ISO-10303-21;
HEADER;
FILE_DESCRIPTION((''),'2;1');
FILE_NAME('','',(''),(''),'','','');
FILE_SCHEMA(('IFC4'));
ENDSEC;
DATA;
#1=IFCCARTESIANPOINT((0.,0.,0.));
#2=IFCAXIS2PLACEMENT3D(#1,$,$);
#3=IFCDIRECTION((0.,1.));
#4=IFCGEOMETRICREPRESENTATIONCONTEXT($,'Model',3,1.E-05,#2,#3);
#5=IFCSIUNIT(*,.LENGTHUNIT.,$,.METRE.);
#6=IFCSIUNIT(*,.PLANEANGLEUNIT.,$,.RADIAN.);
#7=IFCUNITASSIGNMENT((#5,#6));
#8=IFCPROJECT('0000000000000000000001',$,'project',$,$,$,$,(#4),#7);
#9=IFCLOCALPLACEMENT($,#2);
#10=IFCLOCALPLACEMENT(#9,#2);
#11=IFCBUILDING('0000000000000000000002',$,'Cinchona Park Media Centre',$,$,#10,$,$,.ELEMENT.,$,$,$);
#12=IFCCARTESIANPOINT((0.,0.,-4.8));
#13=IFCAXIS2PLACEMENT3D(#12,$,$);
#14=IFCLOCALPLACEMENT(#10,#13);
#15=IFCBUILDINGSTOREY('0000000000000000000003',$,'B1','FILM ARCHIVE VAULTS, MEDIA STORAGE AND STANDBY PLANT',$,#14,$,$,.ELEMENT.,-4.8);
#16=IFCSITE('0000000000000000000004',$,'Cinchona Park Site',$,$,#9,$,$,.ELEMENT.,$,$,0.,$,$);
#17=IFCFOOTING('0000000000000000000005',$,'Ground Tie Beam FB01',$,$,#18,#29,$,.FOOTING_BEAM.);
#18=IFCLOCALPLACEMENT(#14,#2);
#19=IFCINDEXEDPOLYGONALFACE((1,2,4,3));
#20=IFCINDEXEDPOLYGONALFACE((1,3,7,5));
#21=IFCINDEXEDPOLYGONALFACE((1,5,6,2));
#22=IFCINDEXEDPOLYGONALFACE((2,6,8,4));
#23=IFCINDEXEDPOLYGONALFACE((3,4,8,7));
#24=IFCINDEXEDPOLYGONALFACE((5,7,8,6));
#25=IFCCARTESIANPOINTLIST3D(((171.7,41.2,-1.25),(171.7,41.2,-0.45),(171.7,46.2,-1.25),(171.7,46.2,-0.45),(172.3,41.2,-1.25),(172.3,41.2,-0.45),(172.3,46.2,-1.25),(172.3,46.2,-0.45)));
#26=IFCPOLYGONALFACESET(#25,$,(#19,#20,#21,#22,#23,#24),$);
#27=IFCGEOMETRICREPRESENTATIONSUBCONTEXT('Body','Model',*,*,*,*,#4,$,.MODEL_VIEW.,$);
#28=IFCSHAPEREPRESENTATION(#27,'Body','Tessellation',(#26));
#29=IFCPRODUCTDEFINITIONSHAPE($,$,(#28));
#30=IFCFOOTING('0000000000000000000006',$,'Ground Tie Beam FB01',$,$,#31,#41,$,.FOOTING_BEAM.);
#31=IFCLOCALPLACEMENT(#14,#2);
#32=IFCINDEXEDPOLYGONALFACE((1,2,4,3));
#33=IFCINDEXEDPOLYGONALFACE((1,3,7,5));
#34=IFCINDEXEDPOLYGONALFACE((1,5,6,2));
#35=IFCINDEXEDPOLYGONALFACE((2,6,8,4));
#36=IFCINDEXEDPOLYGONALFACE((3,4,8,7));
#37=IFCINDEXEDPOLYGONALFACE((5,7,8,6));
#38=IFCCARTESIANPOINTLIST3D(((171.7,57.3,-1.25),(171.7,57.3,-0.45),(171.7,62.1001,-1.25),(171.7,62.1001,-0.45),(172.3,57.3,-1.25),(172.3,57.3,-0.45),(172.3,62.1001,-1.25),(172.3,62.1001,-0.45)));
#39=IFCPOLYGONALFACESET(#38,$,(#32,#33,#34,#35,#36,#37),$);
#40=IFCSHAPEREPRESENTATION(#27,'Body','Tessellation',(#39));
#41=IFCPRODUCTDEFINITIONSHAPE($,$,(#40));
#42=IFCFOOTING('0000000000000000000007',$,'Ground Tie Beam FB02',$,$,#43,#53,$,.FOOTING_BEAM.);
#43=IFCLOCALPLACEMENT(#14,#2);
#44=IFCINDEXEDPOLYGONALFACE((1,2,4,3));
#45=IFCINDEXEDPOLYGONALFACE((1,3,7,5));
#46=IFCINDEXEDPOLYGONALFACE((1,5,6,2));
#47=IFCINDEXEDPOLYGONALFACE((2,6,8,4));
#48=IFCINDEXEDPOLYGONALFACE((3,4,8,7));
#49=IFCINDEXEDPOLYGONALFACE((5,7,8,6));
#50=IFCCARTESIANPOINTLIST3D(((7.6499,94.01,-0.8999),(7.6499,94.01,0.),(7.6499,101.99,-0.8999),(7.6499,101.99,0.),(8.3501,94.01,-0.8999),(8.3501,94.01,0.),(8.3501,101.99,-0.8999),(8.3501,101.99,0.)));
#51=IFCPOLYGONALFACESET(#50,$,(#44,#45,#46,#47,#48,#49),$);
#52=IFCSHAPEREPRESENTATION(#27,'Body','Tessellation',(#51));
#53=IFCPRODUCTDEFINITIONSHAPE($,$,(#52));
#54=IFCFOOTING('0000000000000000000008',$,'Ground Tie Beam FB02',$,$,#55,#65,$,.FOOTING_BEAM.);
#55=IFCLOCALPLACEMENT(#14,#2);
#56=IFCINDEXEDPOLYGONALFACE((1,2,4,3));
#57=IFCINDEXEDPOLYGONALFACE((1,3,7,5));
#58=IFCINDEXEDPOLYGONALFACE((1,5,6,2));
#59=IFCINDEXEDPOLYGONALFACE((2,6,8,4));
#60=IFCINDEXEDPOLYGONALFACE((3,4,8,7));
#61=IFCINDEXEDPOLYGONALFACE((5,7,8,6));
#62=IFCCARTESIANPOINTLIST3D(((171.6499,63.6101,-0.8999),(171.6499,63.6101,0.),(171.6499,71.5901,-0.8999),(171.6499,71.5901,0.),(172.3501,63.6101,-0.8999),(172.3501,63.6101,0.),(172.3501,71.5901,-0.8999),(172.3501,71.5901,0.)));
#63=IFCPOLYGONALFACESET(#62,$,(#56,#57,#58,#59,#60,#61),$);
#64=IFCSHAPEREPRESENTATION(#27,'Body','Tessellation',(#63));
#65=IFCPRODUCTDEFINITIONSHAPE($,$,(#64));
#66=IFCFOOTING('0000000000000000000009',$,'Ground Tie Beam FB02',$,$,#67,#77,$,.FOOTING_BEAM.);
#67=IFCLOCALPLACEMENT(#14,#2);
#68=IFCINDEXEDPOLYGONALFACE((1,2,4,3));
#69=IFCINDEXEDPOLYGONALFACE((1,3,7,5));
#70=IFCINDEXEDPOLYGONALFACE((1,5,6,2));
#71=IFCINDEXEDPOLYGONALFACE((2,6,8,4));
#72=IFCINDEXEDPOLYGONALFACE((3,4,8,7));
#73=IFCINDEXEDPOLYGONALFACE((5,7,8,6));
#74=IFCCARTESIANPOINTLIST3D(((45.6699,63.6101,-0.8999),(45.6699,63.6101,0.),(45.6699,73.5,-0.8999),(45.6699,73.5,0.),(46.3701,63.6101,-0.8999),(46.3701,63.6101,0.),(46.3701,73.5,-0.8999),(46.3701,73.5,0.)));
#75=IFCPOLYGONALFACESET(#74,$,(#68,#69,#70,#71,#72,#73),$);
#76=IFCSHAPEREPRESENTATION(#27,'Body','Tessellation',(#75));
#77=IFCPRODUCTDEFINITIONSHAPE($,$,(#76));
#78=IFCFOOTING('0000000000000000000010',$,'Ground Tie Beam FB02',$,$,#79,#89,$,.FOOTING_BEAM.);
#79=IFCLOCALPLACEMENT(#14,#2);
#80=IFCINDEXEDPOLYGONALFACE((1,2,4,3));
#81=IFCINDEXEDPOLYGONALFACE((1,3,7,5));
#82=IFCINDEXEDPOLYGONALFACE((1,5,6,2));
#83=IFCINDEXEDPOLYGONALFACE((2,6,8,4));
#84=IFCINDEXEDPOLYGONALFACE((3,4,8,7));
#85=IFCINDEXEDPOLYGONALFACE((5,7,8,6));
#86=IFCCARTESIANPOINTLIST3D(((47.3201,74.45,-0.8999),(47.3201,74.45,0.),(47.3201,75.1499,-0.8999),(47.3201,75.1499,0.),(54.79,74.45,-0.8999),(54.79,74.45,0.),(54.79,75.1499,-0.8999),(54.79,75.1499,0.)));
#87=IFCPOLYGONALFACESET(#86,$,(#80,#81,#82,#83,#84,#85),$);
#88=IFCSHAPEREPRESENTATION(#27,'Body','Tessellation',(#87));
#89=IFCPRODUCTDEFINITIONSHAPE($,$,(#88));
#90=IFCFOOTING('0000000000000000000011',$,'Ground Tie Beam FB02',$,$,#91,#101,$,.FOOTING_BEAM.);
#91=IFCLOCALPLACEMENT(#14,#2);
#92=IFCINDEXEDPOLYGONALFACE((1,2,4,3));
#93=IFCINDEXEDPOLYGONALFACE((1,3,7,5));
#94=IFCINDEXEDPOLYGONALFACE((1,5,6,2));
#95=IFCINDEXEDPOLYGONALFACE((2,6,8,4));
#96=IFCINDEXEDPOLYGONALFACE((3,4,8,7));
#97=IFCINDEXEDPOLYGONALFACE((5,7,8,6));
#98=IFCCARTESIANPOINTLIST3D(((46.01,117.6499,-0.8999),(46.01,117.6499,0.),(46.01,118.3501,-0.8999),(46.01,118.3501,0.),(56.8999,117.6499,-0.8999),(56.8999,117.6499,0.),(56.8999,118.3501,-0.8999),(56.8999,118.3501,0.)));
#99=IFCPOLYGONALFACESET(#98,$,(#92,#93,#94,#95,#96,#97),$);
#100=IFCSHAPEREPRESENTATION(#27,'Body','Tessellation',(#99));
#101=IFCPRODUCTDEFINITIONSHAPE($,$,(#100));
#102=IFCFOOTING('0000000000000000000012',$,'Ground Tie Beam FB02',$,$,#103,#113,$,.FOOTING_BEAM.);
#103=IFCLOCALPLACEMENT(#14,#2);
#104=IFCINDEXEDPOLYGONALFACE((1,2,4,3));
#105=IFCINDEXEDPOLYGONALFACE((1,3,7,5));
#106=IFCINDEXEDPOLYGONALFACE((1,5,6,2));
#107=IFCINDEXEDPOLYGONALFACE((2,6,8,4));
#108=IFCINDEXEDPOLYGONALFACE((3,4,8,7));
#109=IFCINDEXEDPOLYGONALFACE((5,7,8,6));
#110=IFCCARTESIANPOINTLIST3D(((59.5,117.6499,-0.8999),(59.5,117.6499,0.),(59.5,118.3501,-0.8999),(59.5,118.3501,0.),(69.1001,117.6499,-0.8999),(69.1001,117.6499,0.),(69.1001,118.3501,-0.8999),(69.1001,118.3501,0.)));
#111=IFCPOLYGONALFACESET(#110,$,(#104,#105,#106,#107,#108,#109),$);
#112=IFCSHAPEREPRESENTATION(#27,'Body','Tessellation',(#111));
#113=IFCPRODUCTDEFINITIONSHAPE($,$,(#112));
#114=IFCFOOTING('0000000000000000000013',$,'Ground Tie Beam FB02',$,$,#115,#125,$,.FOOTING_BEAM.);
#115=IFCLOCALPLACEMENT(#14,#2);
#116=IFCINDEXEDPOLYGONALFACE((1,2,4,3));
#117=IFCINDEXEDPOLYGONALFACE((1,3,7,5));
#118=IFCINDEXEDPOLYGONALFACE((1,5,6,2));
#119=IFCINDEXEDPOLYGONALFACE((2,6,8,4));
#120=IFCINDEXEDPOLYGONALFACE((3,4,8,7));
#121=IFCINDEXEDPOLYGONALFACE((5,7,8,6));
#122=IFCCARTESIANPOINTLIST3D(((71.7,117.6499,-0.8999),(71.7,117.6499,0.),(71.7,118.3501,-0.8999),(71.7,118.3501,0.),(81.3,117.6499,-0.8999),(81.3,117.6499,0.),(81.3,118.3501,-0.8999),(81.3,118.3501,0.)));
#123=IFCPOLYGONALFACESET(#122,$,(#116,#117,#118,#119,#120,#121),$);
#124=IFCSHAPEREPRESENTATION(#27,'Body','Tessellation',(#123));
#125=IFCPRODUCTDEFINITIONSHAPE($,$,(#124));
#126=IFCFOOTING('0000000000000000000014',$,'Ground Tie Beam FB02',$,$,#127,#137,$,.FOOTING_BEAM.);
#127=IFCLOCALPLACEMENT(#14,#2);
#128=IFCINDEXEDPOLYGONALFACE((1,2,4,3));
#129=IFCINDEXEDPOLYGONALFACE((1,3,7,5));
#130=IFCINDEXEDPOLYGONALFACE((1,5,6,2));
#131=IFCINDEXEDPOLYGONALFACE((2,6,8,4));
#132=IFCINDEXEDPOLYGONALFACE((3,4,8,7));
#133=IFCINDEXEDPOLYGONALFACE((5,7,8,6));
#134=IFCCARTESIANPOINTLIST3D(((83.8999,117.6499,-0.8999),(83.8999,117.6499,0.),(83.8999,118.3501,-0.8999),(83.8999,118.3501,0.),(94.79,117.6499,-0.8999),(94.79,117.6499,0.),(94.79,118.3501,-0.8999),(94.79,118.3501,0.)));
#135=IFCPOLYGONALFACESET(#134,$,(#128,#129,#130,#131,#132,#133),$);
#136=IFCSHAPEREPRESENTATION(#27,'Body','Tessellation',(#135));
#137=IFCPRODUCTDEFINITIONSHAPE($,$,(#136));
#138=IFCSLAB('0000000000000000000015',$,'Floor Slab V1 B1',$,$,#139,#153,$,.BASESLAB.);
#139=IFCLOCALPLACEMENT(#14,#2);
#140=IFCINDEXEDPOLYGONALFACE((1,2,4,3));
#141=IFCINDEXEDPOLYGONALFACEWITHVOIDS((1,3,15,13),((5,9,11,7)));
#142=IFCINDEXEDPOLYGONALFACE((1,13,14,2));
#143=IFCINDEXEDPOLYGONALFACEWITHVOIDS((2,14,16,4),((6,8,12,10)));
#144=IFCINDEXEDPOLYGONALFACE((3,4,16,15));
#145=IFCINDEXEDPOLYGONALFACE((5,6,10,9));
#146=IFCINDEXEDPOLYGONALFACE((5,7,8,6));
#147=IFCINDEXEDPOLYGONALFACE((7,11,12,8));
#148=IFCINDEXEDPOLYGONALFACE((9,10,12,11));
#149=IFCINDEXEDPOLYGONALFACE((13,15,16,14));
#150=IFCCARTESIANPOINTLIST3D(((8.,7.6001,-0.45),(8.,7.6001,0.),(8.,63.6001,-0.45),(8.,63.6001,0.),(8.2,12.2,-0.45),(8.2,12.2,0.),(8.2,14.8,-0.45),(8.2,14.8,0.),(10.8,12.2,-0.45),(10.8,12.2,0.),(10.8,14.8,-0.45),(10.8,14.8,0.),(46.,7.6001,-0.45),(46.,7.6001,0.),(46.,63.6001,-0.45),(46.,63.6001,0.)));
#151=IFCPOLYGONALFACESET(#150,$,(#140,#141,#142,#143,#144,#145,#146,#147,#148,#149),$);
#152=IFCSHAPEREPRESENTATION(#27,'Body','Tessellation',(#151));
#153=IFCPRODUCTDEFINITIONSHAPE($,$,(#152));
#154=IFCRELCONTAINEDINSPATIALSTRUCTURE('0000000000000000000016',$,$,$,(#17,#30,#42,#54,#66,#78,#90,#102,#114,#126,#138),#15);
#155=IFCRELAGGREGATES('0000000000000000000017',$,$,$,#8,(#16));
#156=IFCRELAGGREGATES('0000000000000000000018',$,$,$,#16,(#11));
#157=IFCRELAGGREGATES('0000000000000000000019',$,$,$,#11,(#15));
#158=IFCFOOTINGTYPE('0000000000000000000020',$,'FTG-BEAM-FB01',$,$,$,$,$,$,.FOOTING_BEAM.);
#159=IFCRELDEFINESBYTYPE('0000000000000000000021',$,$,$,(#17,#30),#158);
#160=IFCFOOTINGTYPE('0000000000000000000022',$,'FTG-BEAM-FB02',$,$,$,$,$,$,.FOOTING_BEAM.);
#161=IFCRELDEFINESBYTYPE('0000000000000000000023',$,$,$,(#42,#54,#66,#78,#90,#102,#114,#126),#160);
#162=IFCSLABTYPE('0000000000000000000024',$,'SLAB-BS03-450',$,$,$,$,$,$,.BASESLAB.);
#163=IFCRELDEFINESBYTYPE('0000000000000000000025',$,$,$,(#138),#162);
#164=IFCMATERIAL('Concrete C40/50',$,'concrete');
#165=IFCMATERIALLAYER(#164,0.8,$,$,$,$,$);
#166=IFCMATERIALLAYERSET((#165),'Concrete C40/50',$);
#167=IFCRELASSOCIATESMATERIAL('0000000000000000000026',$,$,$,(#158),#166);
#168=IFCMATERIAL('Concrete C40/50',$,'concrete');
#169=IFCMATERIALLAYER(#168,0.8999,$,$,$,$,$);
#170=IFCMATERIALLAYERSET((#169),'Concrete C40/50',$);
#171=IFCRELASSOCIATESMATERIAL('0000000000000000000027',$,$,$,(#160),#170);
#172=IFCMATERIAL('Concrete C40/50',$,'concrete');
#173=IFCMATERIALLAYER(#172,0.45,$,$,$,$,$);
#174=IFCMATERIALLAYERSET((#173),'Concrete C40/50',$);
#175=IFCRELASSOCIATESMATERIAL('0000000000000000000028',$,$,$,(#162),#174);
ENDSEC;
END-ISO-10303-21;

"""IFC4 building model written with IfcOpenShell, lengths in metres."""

from ifc_helpers import new_model, si_unit, direction, frame, origin, place, context, subcontext, project, spatial, polyline, outline, extrude, material, layer, layer_set, type_object, element, save


model = new_model("IFC4")

# Units and contexts
model_context = context("Model", 3, precision=1e-05, world=origin(), true_north=direction((0.0, 1.0)))
body_context = subcontext(model_context, "Body", "Model", "MODEL_VIEW")
ifc_project = project(units=[si_unit("LENGTHUNIT", "METRE"), si_unit("PLANEANGLEUNIT", "RADIAN")], contexts=[model_context])

# Site, building, storey
site_placement = place(None, origin())
site = spatial("IfcSite", under=ifc_project, at=site_placement, Name="Cinchona Park Site", CompositionType="ELEMENT", RefElevation=0.0)
building_placement = place(site_placement, origin())
building = spatial("IfcBuilding", under=site, at=building_placement, Name="Cinchona Park Media Centre", CompositionType="ELEMENT")
storey_placement = place(building_placement, frame((0.0, 0.0, -4.8)))
storey = spatial("IfcBuildingStorey", under=building, at=storey_placement, Name="B1", Description="FILM ARCHIVE VAULTS, MEDIA STORAGE AND STANDBY PLANT", CompositionType="ELEMENT", Elevation=-4.8)

# Footings
ifc_material_1 = material(Name="Concrete C40/50", Category="concrete")
ifc_layer_1 = layer(ifc_material_1, 0.8)
ifc_layer_set_1 = layer_set([ifc_layer_1], Name="Concrete C40/50")
footing_type_1 = type_object("IfcFootingType", Name="FTG-BEAM-FB01", PredefinedType="FOOTING_BEAM", material=ifc_layer_set_1)
footing_1_placement = place(storey_placement, frame((0.0, 0.0, -1.25)))
element("IfcFooting", 1, at=footing_1_placement, inside=storey, type_object=footing_type_1, Name="Ground Tie Beam FB01", PredefinedType="FOOTING_BEAM", context=body_context, shape_type="SweptSolid", body=[
    extrude(outline(polyline([(171.7, 41.2), (172.3, 41.2), (172.3, 46.2), (171.7, 46.2), (171.7, 41.2)])), origin(), (0.0, 0.0, 1.0), 0.8),
])
footing_2_placement = place(storey_placement, frame((0.0, 0.0, -1.25)))
element("IfcFooting", 2, at=footing_2_placement, inside=storey, type_object=footing_type_1, Name="Ground Tie Beam FB01", PredefinedType="FOOTING_BEAM", context=body_context, shape_type="SweptSolid", body=[
    extrude(outline(polyline([(171.7, 57.3), (172.3, 57.3), (172.3, 62.1001), (171.7, 62.1001), (171.7, 57.3)])), origin(), (0.0, 0.0, 1.0), 0.8),
])
ifc_material_2 = material(Name="Concrete C40/50", Category="concrete")
ifc_layer_2 = layer(ifc_material_2, 0.8999)
ifc_layer_set_2 = layer_set([ifc_layer_2], Name="Concrete C40/50")
footing_type_2 = type_object("IfcFootingType", Name="FTG-BEAM-FB02", PredefinedType="FOOTING_BEAM", material=ifc_layer_set_2)
footing_3_placement = place(storey_placement, frame((0.0, 0.0, -0.8999)))
element("IfcFooting", 3, at=footing_3_placement, inside=storey, type_object=footing_type_2, Name="Ground Tie Beam FB02", PredefinedType="FOOTING_BEAM", context=body_context, shape_type="SweptSolid", body=[
    extrude(outline(polyline([(7.6499, 94.01), (8.3501, 94.01), (8.3501, 101.99), (7.6499, 101.99), (7.6499, 94.01)])), origin(), (0.0, 0.0, 1.0), 0.8999),
])
footing_4_placement = place(storey_placement, frame((0.0, 0.0, -0.8999)))
element("IfcFooting", 4, at=footing_4_placement, inside=storey, type_object=footing_type_2, Name="Ground Tie Beam FB02", PredefinedType="FOOTING_BEAM", context=body_context, shape_type="SweptSolid", body=[
    extrude(outline(polyline([(171.6499, 63.6101), (172.3501, 63.6101), (172.3501, 71.5901), (171.6499, 71.5901), (171.6499, 63.6101)])), origin(), (0.0, 0.0, 1.0), 0.8999),
])
footing_5_placement = place(storey_placement, frame((0.0, 0.0, -0.8999)))
element("IfcFooting", 5, at=footing_5_placement, inside=storey, type_object=footing_type_2, Name="Ground Tie Beam FB02", PredefinedType="FOOTING_BEAM", context=body_context, shape_type="SweptSolid", body=[
    extrude(outline(polyline([(45.6699, 63.6101), (46.3701, 63.6101), (46.3701, 73.5), (45.6699, 73.5), (45.6699, 63.6101)])), origin(), (0.0, 0.0, 1.0), 0.8999),
])
footing_6_placement = place(storey_placement, frame((0.0, 0.0, -0.8999)))
element("IfcFooting", 6, at=footing_6_placement, inside=storey, type_object=footing_type_2, Name="Ground Tie Beam FB02", PredefinedType="FOOTING_BEAM", context=body_context, shape_type="SweptSolid", body=[
    extrude(outline(polyline([(47.3201, 74.45), (54.79, 74.45), (54.79, 75.1499), (47.3201, 75.1499), (47.3201, 74.45)])), origin(), (0.0, 0.0, 1.0), 0.8999),
])
footing_7_placement = place(storey_placement, frame((0.0, 0.0, -0.8999)))
element("IfcFooting", 7, at=footing_7_placement, inside=storey, type_object=footing_type_2, Name="Ground Tie Beam FB02", PredefinedType="FOOTING_BEAM", context=body_context, shape_type="SweptSolid", body=[
    extrude(outline(polyline([(46.01, 117.6499), (56.8999, 117.6499), (56.8999, 118.3501), (46.01, 118.3501), (46.01, 117.6499)])), origin(), (0.0, 0.0, 1.0), 0.8999),
])
footing_8_placement = place(storey_placement, frame((0.0, 0.0, -0.8999)))
element("IfcFooting", 8, at=footing_8_placement, inside=storey, type_object=footing_type_2, Name="Ground Tie Beam FB02", PredefinedType="FOOTING_BEAM", context=body_context, shape_type="SweptSolid", body=[
    extrude(outline(polyline([(59.5, 117.6499), (69.1001, 117.6499), (69.1001, 118.3501), (59.5, 118.3501), (59.5, 117.6499)])), origin(), (0.0, 0.0, 1.0), 0.8999),
])
footing_9_placement = place(storey_placement, frame((0.0, 0.0, -0.8999)))
element("IfcFooting", 9, at=footing_9_placement, inside=storey, type_object=footing_type_2, Name="Ground Tie Beam FB02", PredefinedType="FOOTING_BEAM", context=body_context, shape_type="SweptSolid", body=[
    extrude(outline(polyline([(71.7, 117.6499), (81.3, 117.6499), (81.3, 118.3501), (71.7, 118.3501), (71.7, 117.6499)])), origin(), (0.0, 0.0, 1.0), 0.8999),
])
footing_10_placement = place(storey_placement, frame((0.0, 0.0, -0.8999)))
element("IfcFooting", 10, at=footing_10_placement, inside=storey, type_object=footing_type_2, Name="Ground Tie Beam FB02", PredefinedType="FOOTING_BEAM", context=body_context, shape_type="SweptSolid", body=[
    extrude(outline(polyline([(83.8999, 117.6499), (94.79, 117.6499), (94.79, 118.3501), (83.8999, 118.3501), (83.8999, 117.6499)])), origin(), (0.0, 0.0, 1.0), 0.8999),
])

# Slab
ifc_material_3 = material(Name="Concrete C40/50", Category="concrete")
ifc_layer_3 = layer(ifc_material_3, 0.45)
ifc_layer_set_3 = layer_set([ifc_layer_3], Name="Concrete C40/50")
slab_type = type_object("IfcSlabType", Name="SLAB-BS03-450", PredefinedType="BASESLAB", material=ifc_layer_set_3)
slab_placement = place(storey_placement, frame((0.0, 0.0, -0.45)))
element("IfcSlab", 11, at=slab_placement, inside=storey, type_object=slab_type, Name="Floor Slab V1 B1", PredefinedType="BASESLAB", context=body_context, shape_type="SweptSolid", body=[
    extrude(outline(polyline([(8.0, 7.6001), (46.0, 7.6001), (46.0, 63.6001), (8.0, 63.6001), (8.0, 7.6001)]), holes=[polyline([(8.2, 12.2), (10.8, 12.2), (10.8, 14.8), (8.2, 14.8), (8.2, 12.2)])]), origin(), (0.0, 0.0, 1.0), 0.45),
])

save(model, "model.ifc")
